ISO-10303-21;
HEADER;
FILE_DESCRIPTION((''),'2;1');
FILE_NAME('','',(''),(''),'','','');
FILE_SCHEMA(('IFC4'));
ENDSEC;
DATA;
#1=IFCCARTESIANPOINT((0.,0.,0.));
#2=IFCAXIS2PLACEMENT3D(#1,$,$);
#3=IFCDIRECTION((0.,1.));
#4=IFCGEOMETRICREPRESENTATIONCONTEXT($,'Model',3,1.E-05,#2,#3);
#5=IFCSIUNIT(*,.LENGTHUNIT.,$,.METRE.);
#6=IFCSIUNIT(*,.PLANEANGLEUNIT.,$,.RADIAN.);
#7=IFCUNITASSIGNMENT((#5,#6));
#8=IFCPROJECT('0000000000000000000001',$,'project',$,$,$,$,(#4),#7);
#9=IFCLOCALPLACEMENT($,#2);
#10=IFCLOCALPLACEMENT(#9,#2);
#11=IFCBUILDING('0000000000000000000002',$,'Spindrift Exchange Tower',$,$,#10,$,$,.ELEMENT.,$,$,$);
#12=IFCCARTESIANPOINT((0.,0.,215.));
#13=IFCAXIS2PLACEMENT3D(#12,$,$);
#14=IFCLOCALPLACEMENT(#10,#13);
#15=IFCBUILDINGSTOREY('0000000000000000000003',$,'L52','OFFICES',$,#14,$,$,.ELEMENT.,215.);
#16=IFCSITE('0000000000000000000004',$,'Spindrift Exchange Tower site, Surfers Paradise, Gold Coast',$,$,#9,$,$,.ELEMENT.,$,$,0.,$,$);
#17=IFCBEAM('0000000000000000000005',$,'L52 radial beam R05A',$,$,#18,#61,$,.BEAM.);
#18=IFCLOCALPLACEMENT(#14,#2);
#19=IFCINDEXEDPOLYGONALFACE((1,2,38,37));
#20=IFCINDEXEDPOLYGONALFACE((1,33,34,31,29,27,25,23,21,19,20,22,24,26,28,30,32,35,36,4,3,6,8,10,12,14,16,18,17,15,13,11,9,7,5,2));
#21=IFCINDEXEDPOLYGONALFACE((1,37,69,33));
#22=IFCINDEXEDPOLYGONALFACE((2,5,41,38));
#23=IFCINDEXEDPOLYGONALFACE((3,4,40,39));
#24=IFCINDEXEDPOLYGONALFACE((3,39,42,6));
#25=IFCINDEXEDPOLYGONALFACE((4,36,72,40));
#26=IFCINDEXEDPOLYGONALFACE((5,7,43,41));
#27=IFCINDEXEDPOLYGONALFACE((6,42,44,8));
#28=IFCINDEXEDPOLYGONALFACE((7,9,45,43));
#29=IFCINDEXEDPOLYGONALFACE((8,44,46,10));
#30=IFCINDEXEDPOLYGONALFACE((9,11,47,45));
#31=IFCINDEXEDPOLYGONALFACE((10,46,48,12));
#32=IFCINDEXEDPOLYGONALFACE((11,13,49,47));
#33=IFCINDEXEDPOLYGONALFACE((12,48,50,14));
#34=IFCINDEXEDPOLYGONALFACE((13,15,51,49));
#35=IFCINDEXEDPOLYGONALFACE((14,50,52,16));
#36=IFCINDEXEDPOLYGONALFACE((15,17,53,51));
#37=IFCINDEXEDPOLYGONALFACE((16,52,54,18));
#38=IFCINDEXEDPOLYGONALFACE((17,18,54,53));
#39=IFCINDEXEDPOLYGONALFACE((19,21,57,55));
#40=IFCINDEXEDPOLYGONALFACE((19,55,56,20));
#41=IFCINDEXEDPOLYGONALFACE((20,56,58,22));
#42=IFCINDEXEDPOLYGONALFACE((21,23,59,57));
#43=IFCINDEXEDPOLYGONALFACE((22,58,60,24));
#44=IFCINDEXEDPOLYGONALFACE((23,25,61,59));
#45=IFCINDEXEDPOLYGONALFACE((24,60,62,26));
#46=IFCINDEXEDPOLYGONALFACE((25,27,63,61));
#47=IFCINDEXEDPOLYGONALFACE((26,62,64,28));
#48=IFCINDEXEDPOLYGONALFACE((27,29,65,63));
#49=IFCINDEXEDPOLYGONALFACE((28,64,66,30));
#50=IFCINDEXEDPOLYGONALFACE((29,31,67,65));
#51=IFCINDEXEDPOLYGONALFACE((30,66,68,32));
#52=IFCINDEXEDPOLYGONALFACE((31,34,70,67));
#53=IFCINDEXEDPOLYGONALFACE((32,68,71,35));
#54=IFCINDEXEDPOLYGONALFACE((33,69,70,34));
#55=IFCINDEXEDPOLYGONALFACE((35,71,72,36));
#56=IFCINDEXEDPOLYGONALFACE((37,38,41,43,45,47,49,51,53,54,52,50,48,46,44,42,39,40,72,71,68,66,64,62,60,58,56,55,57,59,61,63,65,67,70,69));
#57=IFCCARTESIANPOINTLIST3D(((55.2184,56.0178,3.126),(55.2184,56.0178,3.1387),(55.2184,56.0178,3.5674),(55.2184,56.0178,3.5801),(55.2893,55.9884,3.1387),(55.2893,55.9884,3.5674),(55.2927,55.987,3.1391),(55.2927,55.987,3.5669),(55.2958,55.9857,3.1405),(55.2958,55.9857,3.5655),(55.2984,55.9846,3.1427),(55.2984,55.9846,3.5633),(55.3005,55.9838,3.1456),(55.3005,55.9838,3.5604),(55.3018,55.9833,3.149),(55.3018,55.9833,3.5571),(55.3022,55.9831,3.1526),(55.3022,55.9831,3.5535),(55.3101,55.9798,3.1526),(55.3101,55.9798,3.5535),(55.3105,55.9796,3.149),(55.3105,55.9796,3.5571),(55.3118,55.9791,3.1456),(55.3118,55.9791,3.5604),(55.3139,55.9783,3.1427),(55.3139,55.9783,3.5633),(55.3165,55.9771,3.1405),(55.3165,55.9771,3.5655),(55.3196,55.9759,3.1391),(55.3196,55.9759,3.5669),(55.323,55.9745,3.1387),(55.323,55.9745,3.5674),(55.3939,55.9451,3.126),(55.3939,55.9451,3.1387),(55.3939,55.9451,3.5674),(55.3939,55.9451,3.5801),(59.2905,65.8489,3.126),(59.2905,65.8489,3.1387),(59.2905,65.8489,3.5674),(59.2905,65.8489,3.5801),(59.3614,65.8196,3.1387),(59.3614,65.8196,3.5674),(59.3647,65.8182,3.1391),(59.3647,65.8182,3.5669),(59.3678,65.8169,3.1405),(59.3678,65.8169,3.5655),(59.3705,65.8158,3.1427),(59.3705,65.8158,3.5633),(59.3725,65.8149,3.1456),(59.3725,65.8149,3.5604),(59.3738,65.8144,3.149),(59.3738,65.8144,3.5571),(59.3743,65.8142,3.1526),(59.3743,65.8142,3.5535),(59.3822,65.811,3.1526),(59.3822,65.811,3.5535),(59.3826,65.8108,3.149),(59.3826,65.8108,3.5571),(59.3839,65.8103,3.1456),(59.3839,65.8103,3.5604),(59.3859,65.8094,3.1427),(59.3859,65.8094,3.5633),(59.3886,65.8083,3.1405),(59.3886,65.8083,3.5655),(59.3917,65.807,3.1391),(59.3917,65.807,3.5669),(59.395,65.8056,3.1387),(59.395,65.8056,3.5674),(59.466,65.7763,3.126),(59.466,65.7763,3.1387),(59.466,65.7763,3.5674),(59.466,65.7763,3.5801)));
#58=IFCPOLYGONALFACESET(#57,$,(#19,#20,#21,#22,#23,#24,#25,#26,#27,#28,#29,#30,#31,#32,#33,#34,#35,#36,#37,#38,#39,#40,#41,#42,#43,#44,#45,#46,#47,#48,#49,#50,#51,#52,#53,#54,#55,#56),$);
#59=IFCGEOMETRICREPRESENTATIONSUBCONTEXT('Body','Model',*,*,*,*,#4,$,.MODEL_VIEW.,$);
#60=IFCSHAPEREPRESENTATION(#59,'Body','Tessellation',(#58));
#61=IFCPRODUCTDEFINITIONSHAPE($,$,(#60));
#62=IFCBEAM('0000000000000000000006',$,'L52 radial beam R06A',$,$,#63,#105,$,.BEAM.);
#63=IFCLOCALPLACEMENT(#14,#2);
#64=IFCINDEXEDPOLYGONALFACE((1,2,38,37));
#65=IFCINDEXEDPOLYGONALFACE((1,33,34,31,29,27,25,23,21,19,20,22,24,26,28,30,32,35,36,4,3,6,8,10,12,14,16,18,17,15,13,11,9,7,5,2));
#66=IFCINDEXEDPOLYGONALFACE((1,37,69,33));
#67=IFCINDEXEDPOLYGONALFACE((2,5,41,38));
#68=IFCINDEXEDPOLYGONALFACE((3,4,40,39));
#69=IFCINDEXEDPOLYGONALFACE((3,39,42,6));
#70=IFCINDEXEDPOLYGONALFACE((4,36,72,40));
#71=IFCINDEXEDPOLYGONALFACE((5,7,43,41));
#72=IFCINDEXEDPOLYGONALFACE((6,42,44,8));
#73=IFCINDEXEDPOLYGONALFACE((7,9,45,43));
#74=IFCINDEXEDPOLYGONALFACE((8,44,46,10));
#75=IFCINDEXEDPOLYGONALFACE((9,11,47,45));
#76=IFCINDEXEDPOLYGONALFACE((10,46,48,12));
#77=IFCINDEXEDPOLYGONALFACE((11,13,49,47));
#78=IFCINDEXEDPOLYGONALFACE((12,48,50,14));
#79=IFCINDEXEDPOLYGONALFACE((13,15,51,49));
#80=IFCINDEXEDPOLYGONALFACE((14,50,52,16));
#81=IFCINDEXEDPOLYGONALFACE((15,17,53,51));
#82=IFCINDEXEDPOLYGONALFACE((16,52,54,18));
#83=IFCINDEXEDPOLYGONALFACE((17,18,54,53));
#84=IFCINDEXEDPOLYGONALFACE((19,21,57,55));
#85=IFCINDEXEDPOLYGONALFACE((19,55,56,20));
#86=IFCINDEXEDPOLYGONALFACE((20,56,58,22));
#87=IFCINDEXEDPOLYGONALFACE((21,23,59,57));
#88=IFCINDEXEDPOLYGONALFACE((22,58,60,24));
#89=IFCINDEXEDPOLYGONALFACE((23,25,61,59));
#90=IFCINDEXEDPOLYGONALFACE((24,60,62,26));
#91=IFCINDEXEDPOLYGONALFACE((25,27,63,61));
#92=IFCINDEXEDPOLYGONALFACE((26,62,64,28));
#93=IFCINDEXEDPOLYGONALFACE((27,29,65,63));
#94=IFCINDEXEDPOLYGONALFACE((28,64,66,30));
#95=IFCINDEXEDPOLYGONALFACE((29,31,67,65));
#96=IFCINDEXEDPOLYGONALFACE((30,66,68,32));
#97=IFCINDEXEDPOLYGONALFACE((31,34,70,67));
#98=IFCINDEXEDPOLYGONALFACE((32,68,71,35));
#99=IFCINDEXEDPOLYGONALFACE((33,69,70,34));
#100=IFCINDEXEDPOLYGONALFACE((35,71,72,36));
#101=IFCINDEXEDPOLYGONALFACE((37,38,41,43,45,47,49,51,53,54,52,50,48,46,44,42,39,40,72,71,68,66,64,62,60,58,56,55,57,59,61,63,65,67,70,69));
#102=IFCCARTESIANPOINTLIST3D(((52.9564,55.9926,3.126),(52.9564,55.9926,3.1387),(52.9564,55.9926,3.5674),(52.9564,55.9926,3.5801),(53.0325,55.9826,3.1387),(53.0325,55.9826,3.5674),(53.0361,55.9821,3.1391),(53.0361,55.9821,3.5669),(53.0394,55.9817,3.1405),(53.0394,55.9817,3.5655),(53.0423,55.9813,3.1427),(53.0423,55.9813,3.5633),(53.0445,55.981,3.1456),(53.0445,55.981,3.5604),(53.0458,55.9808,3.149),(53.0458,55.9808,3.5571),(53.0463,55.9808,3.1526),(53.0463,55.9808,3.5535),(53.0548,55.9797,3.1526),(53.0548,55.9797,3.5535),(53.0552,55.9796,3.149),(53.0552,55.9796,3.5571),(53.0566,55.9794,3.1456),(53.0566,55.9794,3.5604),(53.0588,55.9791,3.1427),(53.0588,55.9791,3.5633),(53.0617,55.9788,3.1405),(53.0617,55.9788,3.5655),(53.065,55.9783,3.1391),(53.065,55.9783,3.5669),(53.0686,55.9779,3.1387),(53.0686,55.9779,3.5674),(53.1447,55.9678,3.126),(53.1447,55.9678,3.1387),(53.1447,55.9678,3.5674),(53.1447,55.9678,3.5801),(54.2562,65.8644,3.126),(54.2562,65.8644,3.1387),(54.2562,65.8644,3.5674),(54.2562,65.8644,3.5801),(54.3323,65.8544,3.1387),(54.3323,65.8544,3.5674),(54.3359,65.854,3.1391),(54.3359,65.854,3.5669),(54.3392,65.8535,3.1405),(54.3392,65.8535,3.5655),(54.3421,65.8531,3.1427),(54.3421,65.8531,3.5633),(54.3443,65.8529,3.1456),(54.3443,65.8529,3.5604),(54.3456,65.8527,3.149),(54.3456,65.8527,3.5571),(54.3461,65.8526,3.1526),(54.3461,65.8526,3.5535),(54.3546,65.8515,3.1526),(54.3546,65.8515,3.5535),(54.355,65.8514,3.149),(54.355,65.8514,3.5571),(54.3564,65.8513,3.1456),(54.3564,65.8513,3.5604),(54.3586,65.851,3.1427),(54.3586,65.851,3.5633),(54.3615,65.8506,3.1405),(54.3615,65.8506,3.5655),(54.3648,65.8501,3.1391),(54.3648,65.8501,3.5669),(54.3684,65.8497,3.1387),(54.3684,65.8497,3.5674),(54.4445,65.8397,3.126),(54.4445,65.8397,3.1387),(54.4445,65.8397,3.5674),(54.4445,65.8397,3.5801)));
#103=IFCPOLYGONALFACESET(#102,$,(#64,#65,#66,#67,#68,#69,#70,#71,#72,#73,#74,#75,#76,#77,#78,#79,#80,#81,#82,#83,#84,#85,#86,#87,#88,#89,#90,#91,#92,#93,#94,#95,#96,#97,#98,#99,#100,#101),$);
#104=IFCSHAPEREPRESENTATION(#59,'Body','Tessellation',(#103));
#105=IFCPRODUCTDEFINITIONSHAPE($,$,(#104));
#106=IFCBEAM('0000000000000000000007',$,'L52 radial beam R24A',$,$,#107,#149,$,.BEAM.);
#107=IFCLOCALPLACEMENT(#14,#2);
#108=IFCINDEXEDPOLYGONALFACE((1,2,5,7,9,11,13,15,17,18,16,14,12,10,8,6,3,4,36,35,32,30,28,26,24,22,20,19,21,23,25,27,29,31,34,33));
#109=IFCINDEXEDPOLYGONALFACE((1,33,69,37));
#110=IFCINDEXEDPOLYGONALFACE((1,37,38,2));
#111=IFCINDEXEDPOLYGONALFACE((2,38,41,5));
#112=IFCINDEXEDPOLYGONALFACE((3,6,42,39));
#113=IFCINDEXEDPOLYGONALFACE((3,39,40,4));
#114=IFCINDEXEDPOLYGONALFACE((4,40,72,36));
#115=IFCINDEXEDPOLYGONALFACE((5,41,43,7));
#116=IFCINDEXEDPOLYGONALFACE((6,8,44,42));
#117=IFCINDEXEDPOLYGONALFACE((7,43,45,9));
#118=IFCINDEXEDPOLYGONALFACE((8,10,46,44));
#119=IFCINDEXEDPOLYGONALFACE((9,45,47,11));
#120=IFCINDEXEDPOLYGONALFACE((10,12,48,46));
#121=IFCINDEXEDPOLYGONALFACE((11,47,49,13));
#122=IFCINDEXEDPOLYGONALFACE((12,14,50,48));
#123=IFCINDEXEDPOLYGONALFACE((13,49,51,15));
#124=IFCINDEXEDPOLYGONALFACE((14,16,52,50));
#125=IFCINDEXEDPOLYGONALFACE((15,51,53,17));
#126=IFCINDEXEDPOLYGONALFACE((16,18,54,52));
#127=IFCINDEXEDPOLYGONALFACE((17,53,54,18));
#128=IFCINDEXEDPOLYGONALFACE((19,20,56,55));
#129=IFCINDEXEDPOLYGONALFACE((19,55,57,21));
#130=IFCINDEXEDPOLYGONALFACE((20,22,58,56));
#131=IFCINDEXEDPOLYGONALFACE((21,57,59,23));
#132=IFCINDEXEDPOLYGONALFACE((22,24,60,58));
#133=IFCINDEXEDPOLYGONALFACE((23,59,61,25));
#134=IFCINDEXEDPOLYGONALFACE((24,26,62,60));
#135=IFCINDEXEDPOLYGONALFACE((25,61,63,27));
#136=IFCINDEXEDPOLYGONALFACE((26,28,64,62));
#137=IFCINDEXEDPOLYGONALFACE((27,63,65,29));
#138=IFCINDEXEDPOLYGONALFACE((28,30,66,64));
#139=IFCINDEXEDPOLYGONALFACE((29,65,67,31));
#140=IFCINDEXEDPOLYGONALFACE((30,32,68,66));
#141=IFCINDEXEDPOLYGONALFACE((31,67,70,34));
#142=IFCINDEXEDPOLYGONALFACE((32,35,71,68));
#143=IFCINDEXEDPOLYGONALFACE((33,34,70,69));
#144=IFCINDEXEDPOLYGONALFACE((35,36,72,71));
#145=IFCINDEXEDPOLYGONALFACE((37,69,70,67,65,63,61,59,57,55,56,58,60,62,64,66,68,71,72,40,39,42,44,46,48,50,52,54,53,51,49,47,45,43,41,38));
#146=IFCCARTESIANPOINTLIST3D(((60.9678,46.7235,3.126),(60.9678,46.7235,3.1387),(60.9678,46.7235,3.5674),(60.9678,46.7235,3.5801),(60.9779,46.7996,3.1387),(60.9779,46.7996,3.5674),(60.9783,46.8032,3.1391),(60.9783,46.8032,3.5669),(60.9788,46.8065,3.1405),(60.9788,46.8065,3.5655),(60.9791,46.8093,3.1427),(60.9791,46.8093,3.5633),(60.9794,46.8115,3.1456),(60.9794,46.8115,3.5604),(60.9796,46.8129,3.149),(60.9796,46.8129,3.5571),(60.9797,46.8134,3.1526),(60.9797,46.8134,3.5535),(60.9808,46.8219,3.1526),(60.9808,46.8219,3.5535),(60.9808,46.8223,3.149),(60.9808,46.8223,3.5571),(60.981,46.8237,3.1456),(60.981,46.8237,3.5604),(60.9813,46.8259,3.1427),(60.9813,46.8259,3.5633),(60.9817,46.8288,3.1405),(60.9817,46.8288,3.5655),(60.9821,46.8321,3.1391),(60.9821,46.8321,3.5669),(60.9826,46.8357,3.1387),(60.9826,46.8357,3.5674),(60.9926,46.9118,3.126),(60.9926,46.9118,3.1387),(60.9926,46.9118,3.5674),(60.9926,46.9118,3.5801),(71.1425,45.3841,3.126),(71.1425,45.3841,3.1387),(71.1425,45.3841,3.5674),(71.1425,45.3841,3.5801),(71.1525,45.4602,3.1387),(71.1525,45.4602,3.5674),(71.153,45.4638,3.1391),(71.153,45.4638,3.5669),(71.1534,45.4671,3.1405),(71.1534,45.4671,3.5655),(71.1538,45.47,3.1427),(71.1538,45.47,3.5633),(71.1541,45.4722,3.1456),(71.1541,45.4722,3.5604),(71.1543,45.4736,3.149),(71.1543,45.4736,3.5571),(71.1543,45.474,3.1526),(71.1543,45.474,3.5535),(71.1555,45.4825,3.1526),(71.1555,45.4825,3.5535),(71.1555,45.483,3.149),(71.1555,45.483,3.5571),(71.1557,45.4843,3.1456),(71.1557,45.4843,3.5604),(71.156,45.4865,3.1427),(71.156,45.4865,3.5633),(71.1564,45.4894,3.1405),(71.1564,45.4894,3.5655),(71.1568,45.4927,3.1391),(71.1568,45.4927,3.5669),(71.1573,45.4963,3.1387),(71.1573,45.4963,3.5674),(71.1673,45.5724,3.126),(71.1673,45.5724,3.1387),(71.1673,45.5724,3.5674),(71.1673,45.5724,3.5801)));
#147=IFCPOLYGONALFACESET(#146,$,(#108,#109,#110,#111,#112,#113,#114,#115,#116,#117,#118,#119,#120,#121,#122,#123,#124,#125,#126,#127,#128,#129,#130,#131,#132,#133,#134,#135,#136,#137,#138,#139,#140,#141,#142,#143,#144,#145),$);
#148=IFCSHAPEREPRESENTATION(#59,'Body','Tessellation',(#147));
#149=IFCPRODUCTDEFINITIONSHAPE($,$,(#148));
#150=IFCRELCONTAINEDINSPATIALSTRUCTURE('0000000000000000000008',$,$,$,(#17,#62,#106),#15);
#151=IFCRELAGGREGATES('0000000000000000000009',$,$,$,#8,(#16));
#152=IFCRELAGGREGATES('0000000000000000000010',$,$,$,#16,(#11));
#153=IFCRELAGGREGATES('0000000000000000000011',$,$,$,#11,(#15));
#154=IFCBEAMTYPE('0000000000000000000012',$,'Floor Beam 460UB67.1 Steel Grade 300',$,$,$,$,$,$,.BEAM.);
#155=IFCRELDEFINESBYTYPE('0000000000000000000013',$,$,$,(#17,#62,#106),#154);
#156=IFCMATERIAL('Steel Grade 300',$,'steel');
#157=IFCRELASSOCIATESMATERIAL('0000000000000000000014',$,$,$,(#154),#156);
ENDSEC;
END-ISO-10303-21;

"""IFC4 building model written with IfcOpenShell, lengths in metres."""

from ifc_helpers import new_model, si_unit, direction, frame, origin, origin_2d, place, context, subcontext, project, spatial, i_section, extrude, source, transform, mapped, material, material_profile, profile_set, type_object, element, save


model = new_model("IFC4")

# Units and contexts
model_context = context("Model", 3, precision=1e-05, world=origin(), true_north=direction((0.0, 1.0)))
body_context = subcontext(model_context, "Body", "Model", "MODEL_VIEW")
ifc_project = project(units=[si_unit("LENGTHUNIT", "METRE"), si_unit("PLANEANGLEUNIT", "RADIAN")], contexts=[model_context])

# Site, building, storey
site_placement = place(None, origin())
site = spatial("IfcSite", under=ifc_project, at=site_placement, Name="Spindrift Exchange Tower site, Surfers Paradise, Gold Coast", CompositionType="ELEMENT", RefElevation=0.0)
building_placement = place(site_placement, origin())
building = spatial("IfcBuilding", under=site, at=building_placement, Name="Spindrift Exchange Tower", CompositionType="ELEMENT")
storey_placement = place(building_placement, frame((0.0, 0.0, 215.0)))
storey = spatial("IfcBuildingStorey", under=building, at=storey_placement, Name="L52", Description="OFFICES", CompositionType="ELEMENT", Elevation=215.0)

# Beams
ifc_material_1 = material(Name="Steel Grade 300", Category="steel")
ifc_material_profile_1 = material_profile(ifc_material_1, i_section(OverallWidth=0.1899, OverallDepth=0.4541, WebThickness=0.0085, FlangeThickness=0.0127, FilletRadius=0.0139, at=origin_2d()), Name="460UB67.1")
ifc_profile_set_1 = profile_set([ifc_material_profile_1], Name="Steel Grade 300")
beam_type_1 = type_object("IfcBeamType", Name="Floor Beam 460UB67.1 Steel Grade 300", PredefinedType="BEAM", material=ifc_profile_set_1)
shared_shape_1 = source(origin(), body_context, "Body", "SweptSolid", [
    extrude(i_section(OverallWidth=0.1899, OverallDepth=0.4541, WebThickness=0.0085, FlangeThickness=0.0127, FilletRadius=0.0139, at=origin_2d()), origin(), (0.0, 0.0, 1.0), 10.6411),
])
beam_1_placement = place(storey_placement, frame((55.3062, 55.9814, 3.353), z_axis=(0.382673, 0.923884, 0.0), x_axis=(-0.923884, 0.382673, 0.0)))
element("IfcBeam", 1, at=beam_1_placement, inside=storey, type_object=beam_type_1, Name="L52 radial beam R05A", PredefinedType="BEAM", context=body_context, shape_type="MappedRepresentation", body=[
    mapped(shared_shape_1, transform((0.0, 0.0, 0.0), scale=1.0)),
])
shared_shape_2 = source(origin(), body_context, "Body", "SweptSolid", [
    extrude(i_section(OverallWidth=0.1899, OverallDepth=0.4541, WebThickness=0.0085, FlangeThickness=0.0127, FilletRadius=0.0139, at=origin_2d()), origin(), (0.0, 0.0, 1.0), 9.957),
])
beam_2_placement = place(storey_placement, frame((53.0505, 55.9802, 3.353), z_axis=(0.130541, 0.991443, 0.0), x_axis=(-0.991443, 0.130541, 0.0)))
element("IfcBeam", 2, at=beam_2_placement, inside=storey, type_object=beam_type_1, Name="L52 radial beam R06A", PredefinedType="BEAM", context=body_context, shape_type="MappedRepresentation", body=[
    mapped(shared_shape_2, transform((0.0, 0.0, 0.0), scale=1.0)),
])
shared_shape_3 = source(origin(), body_context, "Body", "SweptSolid", [
    extrude(i_section(OverallWidth=0.1899, OverallDepth=0.4541, WebThickness=0.0085, FlangeThickness=0.0127, FilletRadius=0.0139, at=origin_2d()), origin(), (0.0, 0.0, 1.0), 10.2625),
])
beam_3_placement = place(storey_placement, frame((60.9802, 46.8176, 3.353), z_axis=(0.991447, -0.130512, 0.0), x_axis=(0.130512, 0.991447, 0.0)))
element("IfcBeam", 3, at=beam_3_placement, inside=storey, type_object=beam_type_1, Name="L52 radial beam R24A", PredefinedType="BEAM", context=body_context, shape_type="MappedRepresentation", body=[
    mapped(shared_shape_3, transform((0.0, 0.0, 0.0), scale=1.0)),
])

save(model, "model.ifc")
